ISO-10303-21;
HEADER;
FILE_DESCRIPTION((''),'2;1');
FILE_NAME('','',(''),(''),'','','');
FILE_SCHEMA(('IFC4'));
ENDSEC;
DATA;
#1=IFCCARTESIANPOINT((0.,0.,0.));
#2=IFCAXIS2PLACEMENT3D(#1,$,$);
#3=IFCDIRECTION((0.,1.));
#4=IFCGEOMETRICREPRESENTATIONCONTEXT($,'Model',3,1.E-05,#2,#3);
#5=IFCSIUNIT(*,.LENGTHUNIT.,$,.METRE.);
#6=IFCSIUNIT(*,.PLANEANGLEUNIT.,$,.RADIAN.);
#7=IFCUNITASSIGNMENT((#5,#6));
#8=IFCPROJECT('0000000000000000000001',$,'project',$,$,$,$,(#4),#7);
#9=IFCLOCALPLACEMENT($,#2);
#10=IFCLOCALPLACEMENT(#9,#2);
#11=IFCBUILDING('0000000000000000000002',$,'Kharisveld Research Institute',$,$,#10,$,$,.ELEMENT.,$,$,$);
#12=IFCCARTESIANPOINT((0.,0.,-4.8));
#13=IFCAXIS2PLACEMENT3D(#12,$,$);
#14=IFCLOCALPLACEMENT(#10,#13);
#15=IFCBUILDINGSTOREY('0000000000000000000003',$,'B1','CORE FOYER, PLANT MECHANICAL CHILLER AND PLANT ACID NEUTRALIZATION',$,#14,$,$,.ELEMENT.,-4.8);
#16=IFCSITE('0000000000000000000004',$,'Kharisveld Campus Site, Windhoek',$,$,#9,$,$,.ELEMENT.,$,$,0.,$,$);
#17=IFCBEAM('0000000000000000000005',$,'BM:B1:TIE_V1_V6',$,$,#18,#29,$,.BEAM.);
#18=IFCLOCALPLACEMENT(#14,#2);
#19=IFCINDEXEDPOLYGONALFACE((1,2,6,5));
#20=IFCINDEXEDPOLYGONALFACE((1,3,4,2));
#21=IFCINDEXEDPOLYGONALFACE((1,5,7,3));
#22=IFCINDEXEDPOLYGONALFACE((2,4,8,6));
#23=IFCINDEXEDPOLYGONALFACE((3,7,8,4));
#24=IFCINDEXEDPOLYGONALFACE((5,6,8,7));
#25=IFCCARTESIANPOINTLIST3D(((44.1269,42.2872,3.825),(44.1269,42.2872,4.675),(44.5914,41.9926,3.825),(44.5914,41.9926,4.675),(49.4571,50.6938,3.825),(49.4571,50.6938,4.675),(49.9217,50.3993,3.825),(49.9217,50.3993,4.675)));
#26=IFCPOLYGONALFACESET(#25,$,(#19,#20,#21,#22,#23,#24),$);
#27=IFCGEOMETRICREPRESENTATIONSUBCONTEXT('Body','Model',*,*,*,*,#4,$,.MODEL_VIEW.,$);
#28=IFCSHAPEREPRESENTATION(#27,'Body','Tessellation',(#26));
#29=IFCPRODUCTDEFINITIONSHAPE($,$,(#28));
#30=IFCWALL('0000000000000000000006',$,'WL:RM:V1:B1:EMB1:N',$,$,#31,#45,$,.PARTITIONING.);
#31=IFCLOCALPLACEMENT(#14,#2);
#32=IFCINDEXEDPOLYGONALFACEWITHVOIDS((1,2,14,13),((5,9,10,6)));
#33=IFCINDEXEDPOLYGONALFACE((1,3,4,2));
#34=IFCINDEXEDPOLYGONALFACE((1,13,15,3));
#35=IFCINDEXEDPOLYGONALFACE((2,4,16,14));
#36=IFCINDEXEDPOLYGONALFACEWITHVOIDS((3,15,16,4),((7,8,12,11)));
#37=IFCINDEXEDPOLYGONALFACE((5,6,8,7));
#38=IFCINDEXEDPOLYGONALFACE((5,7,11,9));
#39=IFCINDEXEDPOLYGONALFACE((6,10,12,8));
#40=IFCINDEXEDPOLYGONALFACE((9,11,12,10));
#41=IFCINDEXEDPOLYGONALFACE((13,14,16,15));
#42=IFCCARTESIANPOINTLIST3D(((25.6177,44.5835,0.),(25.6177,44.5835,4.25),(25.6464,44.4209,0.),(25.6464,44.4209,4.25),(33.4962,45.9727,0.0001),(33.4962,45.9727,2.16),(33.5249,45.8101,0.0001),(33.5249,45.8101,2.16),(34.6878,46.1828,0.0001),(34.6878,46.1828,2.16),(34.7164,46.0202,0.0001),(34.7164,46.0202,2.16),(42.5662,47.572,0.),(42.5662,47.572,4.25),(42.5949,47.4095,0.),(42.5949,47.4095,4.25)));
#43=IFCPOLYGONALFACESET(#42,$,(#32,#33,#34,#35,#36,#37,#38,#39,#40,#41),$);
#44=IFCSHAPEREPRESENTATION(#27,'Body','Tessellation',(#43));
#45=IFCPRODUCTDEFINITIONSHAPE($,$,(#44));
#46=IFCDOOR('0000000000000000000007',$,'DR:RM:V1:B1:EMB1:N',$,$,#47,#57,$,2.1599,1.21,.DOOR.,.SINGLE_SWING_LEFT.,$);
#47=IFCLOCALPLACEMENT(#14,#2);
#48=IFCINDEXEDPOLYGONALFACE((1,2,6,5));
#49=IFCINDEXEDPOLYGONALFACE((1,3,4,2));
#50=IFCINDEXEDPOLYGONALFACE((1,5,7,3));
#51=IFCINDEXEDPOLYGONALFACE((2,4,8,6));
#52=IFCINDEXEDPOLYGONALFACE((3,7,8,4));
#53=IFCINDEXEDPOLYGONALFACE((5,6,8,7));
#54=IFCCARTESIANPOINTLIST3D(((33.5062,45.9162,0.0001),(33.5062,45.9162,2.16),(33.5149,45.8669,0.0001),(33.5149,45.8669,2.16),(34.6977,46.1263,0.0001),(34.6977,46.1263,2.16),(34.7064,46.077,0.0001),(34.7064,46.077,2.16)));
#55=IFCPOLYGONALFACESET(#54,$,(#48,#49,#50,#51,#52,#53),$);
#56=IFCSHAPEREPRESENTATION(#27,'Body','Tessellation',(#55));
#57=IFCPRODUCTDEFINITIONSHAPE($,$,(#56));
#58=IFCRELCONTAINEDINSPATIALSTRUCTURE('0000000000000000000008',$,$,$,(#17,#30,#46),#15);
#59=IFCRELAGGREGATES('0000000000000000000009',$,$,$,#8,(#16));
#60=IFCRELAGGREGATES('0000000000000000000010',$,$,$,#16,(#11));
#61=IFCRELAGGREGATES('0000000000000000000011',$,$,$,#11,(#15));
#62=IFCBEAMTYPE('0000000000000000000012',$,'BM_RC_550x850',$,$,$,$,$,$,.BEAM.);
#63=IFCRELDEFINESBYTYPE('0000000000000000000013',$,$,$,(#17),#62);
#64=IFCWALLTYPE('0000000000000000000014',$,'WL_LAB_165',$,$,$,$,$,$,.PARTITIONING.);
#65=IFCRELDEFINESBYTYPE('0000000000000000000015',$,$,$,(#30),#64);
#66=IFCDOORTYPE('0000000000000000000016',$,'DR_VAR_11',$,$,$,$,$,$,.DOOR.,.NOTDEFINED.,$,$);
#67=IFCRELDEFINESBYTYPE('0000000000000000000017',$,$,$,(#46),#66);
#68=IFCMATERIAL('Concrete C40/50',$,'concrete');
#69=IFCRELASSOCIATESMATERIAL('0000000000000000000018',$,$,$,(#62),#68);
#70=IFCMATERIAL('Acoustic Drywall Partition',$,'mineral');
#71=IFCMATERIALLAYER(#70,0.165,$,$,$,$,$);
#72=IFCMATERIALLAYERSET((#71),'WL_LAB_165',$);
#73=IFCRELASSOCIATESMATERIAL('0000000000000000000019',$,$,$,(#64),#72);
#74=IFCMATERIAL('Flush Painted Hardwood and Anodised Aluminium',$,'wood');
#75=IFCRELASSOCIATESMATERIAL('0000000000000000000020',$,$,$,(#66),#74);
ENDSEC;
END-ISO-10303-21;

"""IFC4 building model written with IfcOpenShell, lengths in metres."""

from ifc_helpers import new_model, si_unit, direction, frame, frame_2d, origin, origin_2d, place, context, subcontext, project, spatial, rectangle, extrude, material, layer, layer_set, material_profile, profile_set, type_object, element, fill, save


model = new_model("IFC4")

# Units and contexts
model_context = context("Model", 3, precision=1e-05, world=origin(), true_north=direction((0.0, 1.0)))
body_context = subcontext(model_context, "Body", "Model", "MODEL_VIEW")
ifc_project = project(units=[si_unit("LENGTHUNIT", "METRE"), si_unit("PLANEANGLEUNIT", "RADIAN")], contexts=[model_context])

# Site, building, storey
site_placement = place(None, origin())
site = spatial("IfcSite", under=ifc_project, at=site_placement, Name="Kharisveld Campus Site, Windhoek", CompositionType="ELEMENT", RefElevation=0.0)
building_placement = place(site_placement, origin())
building = spatial("IfcBuilding", under=site, at=building_placement, Name="Kharisveld Research Institute", CompositionType="ELEMENT")
storey_placement = place(building_placement, frame((0.0, 0.0, -4.8)))
storey = spatial("IfcBuildingStorey", under=building, at=storey_placement, Name="B1", Description="CORE FOYER, PLANT MECHANICAL CHILLER AND PLANT ACID NEUTRALIZATION", CompositionType="ELEMENT", Elevation=-4.8)

# Beam
ifc_material_1 = material(Name="Concrete C40/50", Category="concrete")
ifc_material_profile_1 = material_profile(ifc_material_1, rectangle(XDim=0.55, YDim=0.8501, at=origin_2d()))
ifc_profile_set_1 = profile_set([ifc_material_profile_1], Name="Concrete C40/50")
beam_type_1 = type_object("IfcBeamType", Name="BM_RC_550x850", PredefinedType="BEAM", material=ifc_profile_set_1)
beam_1_placement = place(storey_placement, frame((44.3591, 42.1399, 4.25), z_axis=(0.535486, 0.844544, 0.0), x_axis=(-0.844544, 0.535486, 0.0)))
element("IfcBeam", 1, at=beam_1_placement, inside=storey, type_object=beam_type_1, Name="BM:B1:TIE_V1_V6", PredefinedType="BEAM", context=body_context, shape_type="SweptSolid", body=[
    extrude(rectangle(XDim=0.55, YDim=0.8501, at=origin_2d()), origin(), (0.0, 0.0, 1.0), 9.9541),
])

# Wall, opening, door
ifc_material_2 = material(Name="Acoustic Drywall Partition", Category="mineral")
ifc_layer = layer(ifc_material_2, 0.165)
ifc_layer_set = layer_set([ifc_layer], Name="WL_LAB_165")
wall_type = type_object("IfcWallType", Name="WL_LAB_165", PredefinedType="PARTITIONING", material=ifc_layer_set)
wall_placement = place(storey_placement, frame((42.5806, 47.4907, 0.0), z_axis=(0.0, 0.0, 1.0), x_axis=(-0.984807, -0.173651, 0.0)))
wall = element("IfcWall", 2, at=wall_placement, inside=storey, type_object=wall_type, Name="WL:RM:V1:B1:EMB1:N", PredefinedType="PARTITIONING", context=body_context, shape_type="SweptSolid", body=[
    extrude(rectangle(XDim=17.21, YDim=0.165, at=frame_2d((8.605, 0.0))), origin(), (0.0, 0.0, 1.0), 4.25),
])
opening_placement = place(wall_placement, frame((8.0, 0.0, 0.0)))
opening = element("IfcOpeningElement", 3, at=opening_placement, cuts=wall, PredefinedType="OPENING", context=body_context, shape_type="SweptSolid", body=[
    extrude(rectangle(XDim=1.21, YDim=2.1599, at=frame_2d((0.605, 1.0801))), frame((0.0, 0.0825, 0.0), z_axis=(0.0, -1.0, 0.0), x_axis=(1.0, 0.0, 0.0)), (0.0, 0.0, 1.0), 0.165),
])
ifc_material_3 = material(Name="Flush Painted Hardwood and Anodised Aluminium", Category="wood")
door_type = type_object("IfcDoorType", Name="DR_VAR_11", OperationType="NOTDEFINED", PredefinedType="DOOR", material=ifc_material_3)
door_placement = place(opening_placement, origin())
door = element("IfcDoor", 4, at=door_placement, inside=storey, type_object=door_type, Name="DR:RM:V1:B1:EMB1:N", OperationType="SINGLE_SWING_LEFT", OverallHeight=2.1599, OverallWidth=1.21, PredefinedType="DOOR", context=body_context, shape_type="SweptSolid", body=[
    extrude(rectangle(XDim=1.21, YDim=2.1599, at=frame_2d((0.605, 1.0801))), frame((0.0, 0.0249, 0.0), z_axis=(0.0, -1.0, 0.0), x_axis=(1.0, 0.0, 0.0)), (0.0, 0.0, 1.0), 0.05),
])
fill(opening, door)

save(model, "model.ifc")
